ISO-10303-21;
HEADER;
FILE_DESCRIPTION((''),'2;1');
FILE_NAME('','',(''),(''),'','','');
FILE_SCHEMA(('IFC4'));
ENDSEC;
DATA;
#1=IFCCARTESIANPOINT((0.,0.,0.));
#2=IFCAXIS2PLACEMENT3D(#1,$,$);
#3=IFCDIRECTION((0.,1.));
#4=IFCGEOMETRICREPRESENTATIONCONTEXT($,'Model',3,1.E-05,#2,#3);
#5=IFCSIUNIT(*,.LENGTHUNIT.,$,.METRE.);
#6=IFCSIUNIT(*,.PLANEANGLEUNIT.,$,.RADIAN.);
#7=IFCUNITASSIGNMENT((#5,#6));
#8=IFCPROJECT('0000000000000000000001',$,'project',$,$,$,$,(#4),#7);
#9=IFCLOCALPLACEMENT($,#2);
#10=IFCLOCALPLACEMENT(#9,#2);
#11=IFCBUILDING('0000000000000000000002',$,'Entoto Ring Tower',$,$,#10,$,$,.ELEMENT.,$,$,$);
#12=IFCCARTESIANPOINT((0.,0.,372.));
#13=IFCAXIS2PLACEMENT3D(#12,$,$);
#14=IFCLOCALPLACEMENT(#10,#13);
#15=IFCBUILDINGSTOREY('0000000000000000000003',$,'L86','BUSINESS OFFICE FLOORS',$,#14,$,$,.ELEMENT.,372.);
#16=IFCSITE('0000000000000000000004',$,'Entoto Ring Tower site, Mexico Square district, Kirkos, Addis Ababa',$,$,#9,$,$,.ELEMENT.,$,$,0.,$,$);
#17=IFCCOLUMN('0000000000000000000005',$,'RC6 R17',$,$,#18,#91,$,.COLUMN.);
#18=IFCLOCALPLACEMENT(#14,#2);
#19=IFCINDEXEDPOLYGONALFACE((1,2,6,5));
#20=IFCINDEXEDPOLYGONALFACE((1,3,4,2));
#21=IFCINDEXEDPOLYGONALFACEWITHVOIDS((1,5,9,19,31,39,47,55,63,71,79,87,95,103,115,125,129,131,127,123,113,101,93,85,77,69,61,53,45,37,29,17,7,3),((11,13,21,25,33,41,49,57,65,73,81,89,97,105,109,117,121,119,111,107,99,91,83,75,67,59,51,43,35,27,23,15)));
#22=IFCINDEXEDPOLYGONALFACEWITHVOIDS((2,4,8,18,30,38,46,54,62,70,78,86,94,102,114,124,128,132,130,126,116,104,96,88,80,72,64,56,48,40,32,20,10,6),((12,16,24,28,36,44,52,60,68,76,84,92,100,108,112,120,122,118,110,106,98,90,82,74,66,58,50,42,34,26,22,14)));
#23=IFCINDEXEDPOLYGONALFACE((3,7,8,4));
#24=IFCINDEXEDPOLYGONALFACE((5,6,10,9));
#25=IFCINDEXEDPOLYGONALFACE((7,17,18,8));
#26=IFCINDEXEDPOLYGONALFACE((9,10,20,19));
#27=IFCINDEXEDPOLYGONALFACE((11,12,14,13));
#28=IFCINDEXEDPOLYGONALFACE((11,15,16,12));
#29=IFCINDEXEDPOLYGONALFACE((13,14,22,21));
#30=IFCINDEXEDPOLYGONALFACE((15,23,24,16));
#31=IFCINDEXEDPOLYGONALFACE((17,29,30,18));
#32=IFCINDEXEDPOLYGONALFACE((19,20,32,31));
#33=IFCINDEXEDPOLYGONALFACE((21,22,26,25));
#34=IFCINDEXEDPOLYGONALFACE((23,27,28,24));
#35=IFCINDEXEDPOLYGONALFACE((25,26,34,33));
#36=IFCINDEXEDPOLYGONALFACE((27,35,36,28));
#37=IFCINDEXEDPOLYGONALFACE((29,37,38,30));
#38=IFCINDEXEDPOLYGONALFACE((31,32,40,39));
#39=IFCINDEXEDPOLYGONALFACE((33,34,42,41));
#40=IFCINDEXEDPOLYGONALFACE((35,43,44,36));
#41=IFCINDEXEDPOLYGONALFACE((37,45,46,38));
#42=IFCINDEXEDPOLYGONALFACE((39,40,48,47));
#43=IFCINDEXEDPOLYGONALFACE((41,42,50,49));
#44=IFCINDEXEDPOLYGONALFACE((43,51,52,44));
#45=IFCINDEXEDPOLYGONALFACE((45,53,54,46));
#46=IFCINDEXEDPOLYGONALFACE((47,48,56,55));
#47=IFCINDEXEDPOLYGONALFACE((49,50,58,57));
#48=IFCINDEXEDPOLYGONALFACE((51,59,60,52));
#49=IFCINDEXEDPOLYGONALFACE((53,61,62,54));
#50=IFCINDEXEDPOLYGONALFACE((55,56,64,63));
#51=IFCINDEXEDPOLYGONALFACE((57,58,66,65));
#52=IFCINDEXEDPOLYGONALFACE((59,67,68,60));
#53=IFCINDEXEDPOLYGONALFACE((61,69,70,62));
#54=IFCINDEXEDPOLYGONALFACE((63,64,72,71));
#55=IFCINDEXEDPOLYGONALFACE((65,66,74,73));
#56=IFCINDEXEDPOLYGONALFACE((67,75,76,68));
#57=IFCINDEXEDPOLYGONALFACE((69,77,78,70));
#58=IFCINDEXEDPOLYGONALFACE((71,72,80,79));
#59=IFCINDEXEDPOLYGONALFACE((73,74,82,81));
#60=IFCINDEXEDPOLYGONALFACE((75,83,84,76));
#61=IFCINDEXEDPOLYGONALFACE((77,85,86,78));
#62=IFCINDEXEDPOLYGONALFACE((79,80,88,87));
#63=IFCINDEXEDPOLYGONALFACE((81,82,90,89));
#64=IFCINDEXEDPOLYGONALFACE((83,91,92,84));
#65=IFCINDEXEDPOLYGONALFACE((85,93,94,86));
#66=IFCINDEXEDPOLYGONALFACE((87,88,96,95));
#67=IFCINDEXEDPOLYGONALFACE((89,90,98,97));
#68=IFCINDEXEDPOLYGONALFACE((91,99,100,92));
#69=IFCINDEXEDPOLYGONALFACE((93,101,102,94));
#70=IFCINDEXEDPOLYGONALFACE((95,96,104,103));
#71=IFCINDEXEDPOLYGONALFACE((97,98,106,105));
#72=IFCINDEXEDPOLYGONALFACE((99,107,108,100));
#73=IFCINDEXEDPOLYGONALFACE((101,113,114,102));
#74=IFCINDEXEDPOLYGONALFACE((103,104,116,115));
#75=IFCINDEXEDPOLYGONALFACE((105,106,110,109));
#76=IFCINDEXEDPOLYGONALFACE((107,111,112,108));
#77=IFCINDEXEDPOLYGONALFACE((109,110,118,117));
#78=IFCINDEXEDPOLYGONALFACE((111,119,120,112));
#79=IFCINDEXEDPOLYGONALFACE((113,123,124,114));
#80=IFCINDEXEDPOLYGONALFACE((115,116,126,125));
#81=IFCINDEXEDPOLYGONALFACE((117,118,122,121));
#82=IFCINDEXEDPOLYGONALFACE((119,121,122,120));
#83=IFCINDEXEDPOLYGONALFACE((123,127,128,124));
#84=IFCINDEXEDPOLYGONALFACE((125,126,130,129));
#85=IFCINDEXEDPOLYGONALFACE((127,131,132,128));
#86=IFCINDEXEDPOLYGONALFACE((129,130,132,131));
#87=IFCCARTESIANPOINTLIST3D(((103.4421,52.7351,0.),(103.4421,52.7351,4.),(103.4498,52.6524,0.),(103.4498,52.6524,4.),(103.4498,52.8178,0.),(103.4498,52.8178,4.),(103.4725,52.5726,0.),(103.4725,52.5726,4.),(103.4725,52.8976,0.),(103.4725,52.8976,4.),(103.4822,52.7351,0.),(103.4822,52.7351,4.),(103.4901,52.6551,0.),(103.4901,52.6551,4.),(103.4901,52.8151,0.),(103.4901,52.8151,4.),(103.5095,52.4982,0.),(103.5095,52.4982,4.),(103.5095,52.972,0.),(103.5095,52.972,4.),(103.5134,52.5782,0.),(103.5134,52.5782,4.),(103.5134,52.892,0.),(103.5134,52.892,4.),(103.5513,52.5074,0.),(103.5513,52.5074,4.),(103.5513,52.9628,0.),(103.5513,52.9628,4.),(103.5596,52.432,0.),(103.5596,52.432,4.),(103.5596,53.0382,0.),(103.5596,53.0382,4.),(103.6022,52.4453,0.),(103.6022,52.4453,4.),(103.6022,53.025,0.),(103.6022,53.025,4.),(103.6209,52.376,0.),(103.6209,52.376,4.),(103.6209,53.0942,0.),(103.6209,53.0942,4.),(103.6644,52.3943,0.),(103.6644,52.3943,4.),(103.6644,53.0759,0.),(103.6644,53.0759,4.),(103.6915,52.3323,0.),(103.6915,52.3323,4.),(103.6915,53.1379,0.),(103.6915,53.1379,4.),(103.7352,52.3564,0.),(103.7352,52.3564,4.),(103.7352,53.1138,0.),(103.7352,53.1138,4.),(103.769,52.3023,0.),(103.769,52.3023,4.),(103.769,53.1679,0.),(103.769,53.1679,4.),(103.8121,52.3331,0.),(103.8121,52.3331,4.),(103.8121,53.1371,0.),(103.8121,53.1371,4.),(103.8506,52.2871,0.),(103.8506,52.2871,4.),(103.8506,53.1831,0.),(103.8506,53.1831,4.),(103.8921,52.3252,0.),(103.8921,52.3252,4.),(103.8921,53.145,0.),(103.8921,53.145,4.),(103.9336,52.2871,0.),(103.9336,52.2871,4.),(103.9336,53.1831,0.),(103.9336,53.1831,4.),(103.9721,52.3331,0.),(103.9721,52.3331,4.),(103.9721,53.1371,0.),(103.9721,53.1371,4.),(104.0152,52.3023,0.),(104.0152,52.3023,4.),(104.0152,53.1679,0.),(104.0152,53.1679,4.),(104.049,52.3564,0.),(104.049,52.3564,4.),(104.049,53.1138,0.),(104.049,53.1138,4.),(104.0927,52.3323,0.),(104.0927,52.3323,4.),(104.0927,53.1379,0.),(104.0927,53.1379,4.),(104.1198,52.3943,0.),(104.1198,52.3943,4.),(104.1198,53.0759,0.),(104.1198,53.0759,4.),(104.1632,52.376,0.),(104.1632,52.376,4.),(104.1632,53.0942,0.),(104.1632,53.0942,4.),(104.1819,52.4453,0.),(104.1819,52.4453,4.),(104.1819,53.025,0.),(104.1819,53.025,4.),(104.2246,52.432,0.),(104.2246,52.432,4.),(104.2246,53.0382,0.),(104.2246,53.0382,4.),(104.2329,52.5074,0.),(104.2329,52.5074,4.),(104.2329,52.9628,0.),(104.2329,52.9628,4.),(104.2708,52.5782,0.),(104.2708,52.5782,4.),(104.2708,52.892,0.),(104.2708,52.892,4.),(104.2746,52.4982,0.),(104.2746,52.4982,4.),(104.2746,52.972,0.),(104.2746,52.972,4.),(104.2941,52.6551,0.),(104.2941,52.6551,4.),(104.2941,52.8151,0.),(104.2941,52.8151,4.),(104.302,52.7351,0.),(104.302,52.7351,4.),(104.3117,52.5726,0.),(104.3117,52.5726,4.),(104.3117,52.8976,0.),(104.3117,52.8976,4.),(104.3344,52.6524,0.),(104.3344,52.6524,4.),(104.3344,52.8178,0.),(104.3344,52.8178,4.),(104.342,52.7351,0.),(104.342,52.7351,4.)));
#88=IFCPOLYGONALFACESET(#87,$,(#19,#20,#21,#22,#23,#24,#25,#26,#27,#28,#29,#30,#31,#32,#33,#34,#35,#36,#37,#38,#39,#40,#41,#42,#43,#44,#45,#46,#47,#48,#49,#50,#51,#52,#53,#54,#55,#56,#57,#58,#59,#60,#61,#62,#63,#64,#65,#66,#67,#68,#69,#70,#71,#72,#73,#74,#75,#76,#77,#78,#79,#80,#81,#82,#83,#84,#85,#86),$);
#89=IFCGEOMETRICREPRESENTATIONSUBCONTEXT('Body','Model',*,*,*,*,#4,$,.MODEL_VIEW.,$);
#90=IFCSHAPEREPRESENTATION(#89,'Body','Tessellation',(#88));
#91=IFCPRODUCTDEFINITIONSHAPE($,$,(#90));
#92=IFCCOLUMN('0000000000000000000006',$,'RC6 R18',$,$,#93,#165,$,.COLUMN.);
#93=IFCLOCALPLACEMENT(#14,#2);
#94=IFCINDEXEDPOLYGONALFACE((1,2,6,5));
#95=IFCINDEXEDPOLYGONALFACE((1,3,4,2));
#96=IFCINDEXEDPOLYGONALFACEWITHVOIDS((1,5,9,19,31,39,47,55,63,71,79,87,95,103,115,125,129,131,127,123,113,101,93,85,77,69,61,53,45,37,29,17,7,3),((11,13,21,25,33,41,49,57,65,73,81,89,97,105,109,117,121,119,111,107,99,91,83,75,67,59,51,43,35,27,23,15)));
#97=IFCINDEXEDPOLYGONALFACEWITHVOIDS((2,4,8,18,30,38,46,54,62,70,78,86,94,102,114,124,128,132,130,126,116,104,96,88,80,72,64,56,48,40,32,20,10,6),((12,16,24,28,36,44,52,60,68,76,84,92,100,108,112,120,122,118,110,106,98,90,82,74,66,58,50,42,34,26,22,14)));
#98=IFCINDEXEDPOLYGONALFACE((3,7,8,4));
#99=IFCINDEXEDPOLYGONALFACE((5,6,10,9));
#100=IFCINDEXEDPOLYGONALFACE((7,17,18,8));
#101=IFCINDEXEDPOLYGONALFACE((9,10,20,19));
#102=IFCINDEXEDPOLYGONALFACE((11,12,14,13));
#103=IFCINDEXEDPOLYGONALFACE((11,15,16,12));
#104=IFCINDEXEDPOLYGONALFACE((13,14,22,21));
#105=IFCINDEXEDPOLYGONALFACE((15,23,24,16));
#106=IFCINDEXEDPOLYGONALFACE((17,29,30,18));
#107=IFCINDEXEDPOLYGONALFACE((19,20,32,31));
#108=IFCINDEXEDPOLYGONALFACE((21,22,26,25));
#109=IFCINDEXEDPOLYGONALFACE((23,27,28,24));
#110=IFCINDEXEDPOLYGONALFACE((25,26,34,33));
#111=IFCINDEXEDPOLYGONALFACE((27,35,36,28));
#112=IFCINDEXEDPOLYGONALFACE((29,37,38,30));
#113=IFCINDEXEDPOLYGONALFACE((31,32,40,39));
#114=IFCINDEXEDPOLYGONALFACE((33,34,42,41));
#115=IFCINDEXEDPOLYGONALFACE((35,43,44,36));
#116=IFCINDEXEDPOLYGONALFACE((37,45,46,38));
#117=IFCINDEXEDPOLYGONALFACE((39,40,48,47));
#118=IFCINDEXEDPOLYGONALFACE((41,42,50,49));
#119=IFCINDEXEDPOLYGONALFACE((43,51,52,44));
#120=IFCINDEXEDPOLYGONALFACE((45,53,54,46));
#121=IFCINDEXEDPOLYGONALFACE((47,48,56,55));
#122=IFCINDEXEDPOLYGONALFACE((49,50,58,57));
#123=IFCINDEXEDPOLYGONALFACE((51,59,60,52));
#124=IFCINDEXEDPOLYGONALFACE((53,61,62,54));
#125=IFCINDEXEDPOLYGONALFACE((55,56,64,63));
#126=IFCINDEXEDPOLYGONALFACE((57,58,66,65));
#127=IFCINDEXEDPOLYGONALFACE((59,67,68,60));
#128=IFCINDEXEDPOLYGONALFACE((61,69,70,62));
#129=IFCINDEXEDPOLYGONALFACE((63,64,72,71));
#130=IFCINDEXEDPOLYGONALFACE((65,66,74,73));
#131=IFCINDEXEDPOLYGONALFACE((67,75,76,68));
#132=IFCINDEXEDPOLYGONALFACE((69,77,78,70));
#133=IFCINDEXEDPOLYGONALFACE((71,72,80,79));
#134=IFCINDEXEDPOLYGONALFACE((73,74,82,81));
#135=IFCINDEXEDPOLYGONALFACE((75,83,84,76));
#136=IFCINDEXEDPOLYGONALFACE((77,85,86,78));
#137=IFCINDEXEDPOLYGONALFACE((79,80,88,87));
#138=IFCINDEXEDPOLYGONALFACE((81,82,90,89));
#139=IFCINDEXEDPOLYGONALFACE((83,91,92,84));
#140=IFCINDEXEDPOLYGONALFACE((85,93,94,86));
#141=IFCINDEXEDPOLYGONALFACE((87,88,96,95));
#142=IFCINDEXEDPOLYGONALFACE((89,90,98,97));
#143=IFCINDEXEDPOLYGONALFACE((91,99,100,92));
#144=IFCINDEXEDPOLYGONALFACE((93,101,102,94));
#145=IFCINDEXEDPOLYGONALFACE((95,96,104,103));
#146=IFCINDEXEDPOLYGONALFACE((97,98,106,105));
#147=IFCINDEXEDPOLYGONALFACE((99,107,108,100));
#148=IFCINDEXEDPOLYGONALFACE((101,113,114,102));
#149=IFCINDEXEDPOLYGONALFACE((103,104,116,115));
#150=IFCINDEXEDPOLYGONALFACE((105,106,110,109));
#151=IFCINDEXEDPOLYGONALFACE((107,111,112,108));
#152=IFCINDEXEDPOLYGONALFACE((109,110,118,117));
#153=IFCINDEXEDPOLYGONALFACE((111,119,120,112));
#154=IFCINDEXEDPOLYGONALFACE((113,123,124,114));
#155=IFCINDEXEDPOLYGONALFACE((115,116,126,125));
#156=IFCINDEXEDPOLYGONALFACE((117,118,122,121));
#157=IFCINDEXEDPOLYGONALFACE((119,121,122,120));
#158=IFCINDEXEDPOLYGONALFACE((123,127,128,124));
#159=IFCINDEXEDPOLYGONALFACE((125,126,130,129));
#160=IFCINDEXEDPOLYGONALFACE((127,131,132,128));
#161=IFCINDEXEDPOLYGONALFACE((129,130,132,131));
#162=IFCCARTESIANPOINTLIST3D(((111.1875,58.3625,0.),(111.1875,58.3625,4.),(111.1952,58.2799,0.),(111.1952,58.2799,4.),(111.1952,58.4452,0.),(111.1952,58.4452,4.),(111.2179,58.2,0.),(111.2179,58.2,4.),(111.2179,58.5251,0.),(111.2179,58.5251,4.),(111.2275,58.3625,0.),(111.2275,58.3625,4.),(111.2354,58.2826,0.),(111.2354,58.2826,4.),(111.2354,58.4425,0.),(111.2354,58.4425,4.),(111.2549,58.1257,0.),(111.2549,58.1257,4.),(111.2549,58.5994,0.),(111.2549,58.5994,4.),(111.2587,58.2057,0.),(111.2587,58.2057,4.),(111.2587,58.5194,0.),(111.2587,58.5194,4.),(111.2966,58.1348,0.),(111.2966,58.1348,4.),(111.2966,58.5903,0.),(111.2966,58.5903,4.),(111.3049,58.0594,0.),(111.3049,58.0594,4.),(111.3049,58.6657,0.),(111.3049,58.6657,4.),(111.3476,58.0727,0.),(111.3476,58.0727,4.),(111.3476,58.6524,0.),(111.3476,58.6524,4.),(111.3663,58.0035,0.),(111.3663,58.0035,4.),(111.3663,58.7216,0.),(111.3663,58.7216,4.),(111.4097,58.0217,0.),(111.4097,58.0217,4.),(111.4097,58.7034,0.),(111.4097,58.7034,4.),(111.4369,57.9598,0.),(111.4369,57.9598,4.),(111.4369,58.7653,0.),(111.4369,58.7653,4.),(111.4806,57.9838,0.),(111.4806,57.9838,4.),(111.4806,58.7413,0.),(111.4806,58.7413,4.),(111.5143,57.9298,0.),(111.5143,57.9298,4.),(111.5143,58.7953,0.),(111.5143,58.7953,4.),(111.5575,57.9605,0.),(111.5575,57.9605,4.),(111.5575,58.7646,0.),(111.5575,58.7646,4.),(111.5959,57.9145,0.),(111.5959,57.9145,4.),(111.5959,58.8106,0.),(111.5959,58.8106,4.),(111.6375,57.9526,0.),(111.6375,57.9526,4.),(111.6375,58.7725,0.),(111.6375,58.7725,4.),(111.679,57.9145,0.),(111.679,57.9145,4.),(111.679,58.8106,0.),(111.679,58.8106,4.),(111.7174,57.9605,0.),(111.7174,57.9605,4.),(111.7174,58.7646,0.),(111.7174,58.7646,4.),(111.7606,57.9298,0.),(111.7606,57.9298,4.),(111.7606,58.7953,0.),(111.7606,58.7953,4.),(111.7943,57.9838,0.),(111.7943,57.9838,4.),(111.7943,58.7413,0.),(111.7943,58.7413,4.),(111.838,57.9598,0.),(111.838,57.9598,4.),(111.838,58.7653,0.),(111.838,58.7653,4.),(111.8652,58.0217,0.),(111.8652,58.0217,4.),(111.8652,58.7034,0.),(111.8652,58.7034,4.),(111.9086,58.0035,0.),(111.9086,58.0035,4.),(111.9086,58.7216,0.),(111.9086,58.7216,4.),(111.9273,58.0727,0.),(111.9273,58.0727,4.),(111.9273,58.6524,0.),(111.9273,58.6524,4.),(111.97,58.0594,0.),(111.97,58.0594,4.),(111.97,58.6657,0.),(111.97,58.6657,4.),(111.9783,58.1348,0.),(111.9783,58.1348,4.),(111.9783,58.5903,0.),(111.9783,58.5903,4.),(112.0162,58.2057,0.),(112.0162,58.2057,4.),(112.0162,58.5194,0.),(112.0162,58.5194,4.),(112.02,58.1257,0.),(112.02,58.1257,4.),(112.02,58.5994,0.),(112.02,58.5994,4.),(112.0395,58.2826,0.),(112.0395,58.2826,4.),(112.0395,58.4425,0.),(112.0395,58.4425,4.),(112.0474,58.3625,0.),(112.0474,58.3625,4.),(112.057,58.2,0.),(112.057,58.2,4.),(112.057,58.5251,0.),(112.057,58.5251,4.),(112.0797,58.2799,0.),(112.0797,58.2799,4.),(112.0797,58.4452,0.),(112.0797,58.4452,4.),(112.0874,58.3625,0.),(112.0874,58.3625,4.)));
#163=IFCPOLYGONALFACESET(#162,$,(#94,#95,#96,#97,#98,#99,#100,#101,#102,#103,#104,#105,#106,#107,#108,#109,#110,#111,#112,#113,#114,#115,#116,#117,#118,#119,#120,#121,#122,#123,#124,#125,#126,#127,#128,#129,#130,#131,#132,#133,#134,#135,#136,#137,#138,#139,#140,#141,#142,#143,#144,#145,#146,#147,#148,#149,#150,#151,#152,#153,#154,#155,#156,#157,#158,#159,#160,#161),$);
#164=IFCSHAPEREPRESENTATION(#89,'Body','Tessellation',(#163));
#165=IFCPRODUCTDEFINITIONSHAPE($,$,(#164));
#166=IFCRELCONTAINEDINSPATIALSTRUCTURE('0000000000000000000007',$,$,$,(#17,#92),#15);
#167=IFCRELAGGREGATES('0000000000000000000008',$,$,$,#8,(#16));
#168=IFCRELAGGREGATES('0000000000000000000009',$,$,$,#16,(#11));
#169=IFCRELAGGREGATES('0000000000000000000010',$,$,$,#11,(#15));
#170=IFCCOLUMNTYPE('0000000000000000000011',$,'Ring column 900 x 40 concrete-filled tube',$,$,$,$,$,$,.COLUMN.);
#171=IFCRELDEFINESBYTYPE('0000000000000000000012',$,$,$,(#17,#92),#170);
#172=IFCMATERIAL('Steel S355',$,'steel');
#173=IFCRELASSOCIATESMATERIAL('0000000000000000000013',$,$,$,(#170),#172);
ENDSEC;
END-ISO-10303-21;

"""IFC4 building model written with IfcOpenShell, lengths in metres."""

from ifc_helpers import new_model, si_unit, direction, frame, origin, origin_2d, place, context, subcontext, project, spatial, circle, hollow_circle, extrude, material, material_profile, profile_set, type_object, element, save


model = new_model("IFC4")

# Units and contexts
model_context = context("Model", 3, precision=1e-05, world=origin(), true_north=direction((0.0, 1.0)))
body_context = subcontext(model_context, "Body", "Model", "MODEL_VIEW")
ifc_project = project(units=[si_unit("LENGTHUNIT", "METRE"), si_unit("PLANEANGLEUNIT", "RADIAN")], contexts=[model_context])

# Site, building, storey
site_placement = place(None, origin())
site = spatial("IfcSite", under=ifc_project, at=site_placement, Name="Entoto Ring Tower site, Mexico Square district, Kirkos, Addis Ababa", CompositionType="ELEMENT", RefElevation=0.0)
building_placement = place(site_placement, origin())
building = spatial("IfcBuilding", under=site, at=building_placement, Name="Entoto Ring Tower", CompositionType="ELEMENT")
storey_placement = place(building_placement, frame((0.0, 0.0, 372.0)))
storey = spatial("IfcBuildingStorey", under=building, at=storey_placement, Name="L86", Description="BUSINESS OFFICE FLOORS", CompositionType="ELEMENT", Elevation=372.0)

# Columns
ifc_material_1 = material(Name="Steel S355", Category="steel")
ifc_material_profile_1 = material_profile(ifc_material_1, hollow_circle(Radius=0.45, WallThickness=0.04, at=origin_2d()), Name="CHS 900 x 40")
ifc_material_2 = material(Name="Concrete C60/75", Category="concrete")
ifc_material_profile_2 = material_profile(ifc_material_2, circle(Radius=0.4099, at=origin_2d()), Name="Concrete C60/75 infill")
ifc_profile_set_1 = profile_set([ifc_material_profile_1, ifc_material_profile_2], Name="Steel S355")
column_type = type_object("IfcColumnType", Name="Ring column 900 x 40 concrete-filled tube", PredefinedType="COLUMN", material=ifc_profile_set_1)
for number, where, z_axis, x_axis, name in (
    (1, (103.8921, 52.7351, 0.0), (0.0, 0.0, 1.0), (1.0, 0.0, 0.0), "RC6 R17"),
    (2, (111.6375, 58.3625, 0.0), (0.0, 0.0, 1.0), (1.0, 0.0, 0.0), "RC6 R18"),
):
    element("IfcColumn", number, at=place(storey_placement, frame(where, z_axis=z_axis, x_axis=x_axis)), inside=storey, type_object=column_type, Name=name, PredefinedType="COLUMN", context=body_context, shape_type="SweptSolid", body=[
        extrude(hollow_circle(Radius=0.45, WallThickness=0.04, at=origin_2d()), origin(), (0.0, 0.0, 1.0), 4.0),
    ])

save(model, "model.ifc")
